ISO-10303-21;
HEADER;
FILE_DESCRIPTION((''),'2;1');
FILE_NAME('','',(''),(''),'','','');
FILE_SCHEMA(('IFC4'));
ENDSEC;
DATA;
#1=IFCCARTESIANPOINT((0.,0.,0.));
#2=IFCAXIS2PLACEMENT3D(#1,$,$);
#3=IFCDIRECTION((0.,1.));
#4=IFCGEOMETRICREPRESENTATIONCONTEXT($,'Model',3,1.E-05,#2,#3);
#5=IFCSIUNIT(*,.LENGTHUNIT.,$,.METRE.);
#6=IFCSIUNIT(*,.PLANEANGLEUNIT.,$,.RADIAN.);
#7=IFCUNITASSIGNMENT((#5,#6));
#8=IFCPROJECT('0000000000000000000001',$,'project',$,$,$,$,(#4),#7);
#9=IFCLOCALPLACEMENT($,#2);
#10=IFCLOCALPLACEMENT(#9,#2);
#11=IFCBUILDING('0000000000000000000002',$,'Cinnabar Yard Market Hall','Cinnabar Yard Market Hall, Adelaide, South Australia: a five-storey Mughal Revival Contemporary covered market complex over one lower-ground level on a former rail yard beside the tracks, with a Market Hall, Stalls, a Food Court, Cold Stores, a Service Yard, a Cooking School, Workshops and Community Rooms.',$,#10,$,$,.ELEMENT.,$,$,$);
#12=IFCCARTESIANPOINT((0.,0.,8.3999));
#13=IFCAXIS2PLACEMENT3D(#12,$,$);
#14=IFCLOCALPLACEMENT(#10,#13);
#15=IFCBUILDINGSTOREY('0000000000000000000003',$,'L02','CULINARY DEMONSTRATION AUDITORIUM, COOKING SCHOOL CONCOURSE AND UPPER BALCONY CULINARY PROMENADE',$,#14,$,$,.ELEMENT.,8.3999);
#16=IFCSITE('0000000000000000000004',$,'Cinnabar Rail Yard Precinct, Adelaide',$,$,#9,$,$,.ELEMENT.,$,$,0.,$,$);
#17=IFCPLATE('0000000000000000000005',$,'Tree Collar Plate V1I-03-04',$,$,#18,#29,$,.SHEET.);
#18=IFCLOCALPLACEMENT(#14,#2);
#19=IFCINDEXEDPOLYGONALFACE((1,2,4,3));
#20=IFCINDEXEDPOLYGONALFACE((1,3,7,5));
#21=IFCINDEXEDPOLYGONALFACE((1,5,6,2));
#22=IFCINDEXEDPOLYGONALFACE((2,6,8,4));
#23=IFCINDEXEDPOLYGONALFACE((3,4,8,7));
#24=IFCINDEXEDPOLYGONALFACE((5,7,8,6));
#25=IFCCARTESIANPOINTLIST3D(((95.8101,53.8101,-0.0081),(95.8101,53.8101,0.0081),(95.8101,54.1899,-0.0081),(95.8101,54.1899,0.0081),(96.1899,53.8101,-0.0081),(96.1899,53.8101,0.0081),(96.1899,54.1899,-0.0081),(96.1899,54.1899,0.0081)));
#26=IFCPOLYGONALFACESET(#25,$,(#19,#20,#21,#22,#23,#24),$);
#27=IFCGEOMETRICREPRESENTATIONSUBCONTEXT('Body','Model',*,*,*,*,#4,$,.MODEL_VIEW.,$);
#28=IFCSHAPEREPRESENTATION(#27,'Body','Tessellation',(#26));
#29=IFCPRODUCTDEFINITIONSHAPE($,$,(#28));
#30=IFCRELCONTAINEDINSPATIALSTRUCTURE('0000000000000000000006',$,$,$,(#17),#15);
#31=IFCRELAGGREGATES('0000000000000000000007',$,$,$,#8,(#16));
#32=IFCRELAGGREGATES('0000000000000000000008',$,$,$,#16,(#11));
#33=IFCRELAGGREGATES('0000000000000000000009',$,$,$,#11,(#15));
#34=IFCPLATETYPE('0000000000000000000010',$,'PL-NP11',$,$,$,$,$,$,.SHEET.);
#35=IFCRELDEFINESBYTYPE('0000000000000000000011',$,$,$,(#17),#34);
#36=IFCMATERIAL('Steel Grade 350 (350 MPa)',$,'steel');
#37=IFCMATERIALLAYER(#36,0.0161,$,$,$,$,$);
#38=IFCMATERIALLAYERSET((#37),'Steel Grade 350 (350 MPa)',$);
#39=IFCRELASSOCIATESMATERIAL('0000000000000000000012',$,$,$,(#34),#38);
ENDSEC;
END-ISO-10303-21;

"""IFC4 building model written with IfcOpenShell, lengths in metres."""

from ifc_helpers import new_model, si_unit, direction, frame, origin, origin_2d_with_axis, place, context, subcontext, project, spatial, rectangle, extrude, material, layer, layer_set, type_object, element, save


model = new_model("IFC4")

# Units and contexts
model_context = context("Model", 3, precision=1e-05, world=origin(), true_north=direction((0.0, 1.0)))
body_context = subcontext(model_context, "Body", "Model", "MODEL_VIEW")
ifc_project = project(units=[si_unit("LENGTHUNIT", "METRE"), si_unit("PLANEANGLEUNIT", "RADIAN")], contexts=[model_context])

# Site, building, storey
site_placement = place(None, origin())
site = spatial("IfcSite", under=ifc_project, at=site_placement, Name="Cinnabar Rail Yard Precinct, Adelaide", CompositionType="ELEMENT", RefElevation=0.0)
building_placement = place(site_placement, origin())
building = spatial("IfcBuilding", under=site, at=building_placement, Name="Cinnabar Yard Market Hall", Description="Cinnabar Yard Market Hall, Adelaide, South Australia: a five-storey Mughal Revival Contemporary covered market complex over one lower-ground level on a former rail yard beside the tracks, with a Market Hall, Stalls, a Food Court, Cold Stores, a Service Yard, a Cooking School, Workshops and Community Rooms.", CompositionType="ELEMENT")
storey_placement = place(building_placement, frame((0.0, 0.0, 8.3999)))
storey = spatial("IfcBuildingStorey", under=building, at=storey_placement, Name="L02", Description="CULINARY DEMONSTRATION AUDITORIUM, COOKING SCHOOL CONCOURSE AND UPPER BALCONY CULINARY PROMENADE", CompositionType="ELEMENT", Elevation=8.3999)

# Plate
ifc_material_1 = material(Name="Steel Grade 350 (350 MPa)", Category="steel")
ifc_layer_1 = layer(ifc_material_1, 0.0161)
ifc_layer_set_1 = layer_set([ifc_layer_1], Name="Steel Grade 350 (350 MPa)")
plate_type_1 = type_object("IfcPlateType", Name="PL-NP11", PredefinedType="SHEET", material=ifc_layer_set_1)
plate_1_placement = place(storey_placement, frame((96.0, 54.0, -0.0081), z_axis=(0.0, 0.0, 1.0), x_axis=(1.0, 0.0, 0.0)))
element("IfcPlate", 1, at=plate_1_placement, inside=storey, type_object=plate_type_1, Name="Tree Collar Plate V1I-03-04", PredefinedType="SHEET", context=body_context, shape_type="SweptSolid", body=[
    extrude(rectangle(XDim=0.3799, YDim=0.3799, at=origin_2d_with_axis()), origin(), (0.0, 0.0, 1.0), 0.0161),
])

save(model, "model.ifc")
